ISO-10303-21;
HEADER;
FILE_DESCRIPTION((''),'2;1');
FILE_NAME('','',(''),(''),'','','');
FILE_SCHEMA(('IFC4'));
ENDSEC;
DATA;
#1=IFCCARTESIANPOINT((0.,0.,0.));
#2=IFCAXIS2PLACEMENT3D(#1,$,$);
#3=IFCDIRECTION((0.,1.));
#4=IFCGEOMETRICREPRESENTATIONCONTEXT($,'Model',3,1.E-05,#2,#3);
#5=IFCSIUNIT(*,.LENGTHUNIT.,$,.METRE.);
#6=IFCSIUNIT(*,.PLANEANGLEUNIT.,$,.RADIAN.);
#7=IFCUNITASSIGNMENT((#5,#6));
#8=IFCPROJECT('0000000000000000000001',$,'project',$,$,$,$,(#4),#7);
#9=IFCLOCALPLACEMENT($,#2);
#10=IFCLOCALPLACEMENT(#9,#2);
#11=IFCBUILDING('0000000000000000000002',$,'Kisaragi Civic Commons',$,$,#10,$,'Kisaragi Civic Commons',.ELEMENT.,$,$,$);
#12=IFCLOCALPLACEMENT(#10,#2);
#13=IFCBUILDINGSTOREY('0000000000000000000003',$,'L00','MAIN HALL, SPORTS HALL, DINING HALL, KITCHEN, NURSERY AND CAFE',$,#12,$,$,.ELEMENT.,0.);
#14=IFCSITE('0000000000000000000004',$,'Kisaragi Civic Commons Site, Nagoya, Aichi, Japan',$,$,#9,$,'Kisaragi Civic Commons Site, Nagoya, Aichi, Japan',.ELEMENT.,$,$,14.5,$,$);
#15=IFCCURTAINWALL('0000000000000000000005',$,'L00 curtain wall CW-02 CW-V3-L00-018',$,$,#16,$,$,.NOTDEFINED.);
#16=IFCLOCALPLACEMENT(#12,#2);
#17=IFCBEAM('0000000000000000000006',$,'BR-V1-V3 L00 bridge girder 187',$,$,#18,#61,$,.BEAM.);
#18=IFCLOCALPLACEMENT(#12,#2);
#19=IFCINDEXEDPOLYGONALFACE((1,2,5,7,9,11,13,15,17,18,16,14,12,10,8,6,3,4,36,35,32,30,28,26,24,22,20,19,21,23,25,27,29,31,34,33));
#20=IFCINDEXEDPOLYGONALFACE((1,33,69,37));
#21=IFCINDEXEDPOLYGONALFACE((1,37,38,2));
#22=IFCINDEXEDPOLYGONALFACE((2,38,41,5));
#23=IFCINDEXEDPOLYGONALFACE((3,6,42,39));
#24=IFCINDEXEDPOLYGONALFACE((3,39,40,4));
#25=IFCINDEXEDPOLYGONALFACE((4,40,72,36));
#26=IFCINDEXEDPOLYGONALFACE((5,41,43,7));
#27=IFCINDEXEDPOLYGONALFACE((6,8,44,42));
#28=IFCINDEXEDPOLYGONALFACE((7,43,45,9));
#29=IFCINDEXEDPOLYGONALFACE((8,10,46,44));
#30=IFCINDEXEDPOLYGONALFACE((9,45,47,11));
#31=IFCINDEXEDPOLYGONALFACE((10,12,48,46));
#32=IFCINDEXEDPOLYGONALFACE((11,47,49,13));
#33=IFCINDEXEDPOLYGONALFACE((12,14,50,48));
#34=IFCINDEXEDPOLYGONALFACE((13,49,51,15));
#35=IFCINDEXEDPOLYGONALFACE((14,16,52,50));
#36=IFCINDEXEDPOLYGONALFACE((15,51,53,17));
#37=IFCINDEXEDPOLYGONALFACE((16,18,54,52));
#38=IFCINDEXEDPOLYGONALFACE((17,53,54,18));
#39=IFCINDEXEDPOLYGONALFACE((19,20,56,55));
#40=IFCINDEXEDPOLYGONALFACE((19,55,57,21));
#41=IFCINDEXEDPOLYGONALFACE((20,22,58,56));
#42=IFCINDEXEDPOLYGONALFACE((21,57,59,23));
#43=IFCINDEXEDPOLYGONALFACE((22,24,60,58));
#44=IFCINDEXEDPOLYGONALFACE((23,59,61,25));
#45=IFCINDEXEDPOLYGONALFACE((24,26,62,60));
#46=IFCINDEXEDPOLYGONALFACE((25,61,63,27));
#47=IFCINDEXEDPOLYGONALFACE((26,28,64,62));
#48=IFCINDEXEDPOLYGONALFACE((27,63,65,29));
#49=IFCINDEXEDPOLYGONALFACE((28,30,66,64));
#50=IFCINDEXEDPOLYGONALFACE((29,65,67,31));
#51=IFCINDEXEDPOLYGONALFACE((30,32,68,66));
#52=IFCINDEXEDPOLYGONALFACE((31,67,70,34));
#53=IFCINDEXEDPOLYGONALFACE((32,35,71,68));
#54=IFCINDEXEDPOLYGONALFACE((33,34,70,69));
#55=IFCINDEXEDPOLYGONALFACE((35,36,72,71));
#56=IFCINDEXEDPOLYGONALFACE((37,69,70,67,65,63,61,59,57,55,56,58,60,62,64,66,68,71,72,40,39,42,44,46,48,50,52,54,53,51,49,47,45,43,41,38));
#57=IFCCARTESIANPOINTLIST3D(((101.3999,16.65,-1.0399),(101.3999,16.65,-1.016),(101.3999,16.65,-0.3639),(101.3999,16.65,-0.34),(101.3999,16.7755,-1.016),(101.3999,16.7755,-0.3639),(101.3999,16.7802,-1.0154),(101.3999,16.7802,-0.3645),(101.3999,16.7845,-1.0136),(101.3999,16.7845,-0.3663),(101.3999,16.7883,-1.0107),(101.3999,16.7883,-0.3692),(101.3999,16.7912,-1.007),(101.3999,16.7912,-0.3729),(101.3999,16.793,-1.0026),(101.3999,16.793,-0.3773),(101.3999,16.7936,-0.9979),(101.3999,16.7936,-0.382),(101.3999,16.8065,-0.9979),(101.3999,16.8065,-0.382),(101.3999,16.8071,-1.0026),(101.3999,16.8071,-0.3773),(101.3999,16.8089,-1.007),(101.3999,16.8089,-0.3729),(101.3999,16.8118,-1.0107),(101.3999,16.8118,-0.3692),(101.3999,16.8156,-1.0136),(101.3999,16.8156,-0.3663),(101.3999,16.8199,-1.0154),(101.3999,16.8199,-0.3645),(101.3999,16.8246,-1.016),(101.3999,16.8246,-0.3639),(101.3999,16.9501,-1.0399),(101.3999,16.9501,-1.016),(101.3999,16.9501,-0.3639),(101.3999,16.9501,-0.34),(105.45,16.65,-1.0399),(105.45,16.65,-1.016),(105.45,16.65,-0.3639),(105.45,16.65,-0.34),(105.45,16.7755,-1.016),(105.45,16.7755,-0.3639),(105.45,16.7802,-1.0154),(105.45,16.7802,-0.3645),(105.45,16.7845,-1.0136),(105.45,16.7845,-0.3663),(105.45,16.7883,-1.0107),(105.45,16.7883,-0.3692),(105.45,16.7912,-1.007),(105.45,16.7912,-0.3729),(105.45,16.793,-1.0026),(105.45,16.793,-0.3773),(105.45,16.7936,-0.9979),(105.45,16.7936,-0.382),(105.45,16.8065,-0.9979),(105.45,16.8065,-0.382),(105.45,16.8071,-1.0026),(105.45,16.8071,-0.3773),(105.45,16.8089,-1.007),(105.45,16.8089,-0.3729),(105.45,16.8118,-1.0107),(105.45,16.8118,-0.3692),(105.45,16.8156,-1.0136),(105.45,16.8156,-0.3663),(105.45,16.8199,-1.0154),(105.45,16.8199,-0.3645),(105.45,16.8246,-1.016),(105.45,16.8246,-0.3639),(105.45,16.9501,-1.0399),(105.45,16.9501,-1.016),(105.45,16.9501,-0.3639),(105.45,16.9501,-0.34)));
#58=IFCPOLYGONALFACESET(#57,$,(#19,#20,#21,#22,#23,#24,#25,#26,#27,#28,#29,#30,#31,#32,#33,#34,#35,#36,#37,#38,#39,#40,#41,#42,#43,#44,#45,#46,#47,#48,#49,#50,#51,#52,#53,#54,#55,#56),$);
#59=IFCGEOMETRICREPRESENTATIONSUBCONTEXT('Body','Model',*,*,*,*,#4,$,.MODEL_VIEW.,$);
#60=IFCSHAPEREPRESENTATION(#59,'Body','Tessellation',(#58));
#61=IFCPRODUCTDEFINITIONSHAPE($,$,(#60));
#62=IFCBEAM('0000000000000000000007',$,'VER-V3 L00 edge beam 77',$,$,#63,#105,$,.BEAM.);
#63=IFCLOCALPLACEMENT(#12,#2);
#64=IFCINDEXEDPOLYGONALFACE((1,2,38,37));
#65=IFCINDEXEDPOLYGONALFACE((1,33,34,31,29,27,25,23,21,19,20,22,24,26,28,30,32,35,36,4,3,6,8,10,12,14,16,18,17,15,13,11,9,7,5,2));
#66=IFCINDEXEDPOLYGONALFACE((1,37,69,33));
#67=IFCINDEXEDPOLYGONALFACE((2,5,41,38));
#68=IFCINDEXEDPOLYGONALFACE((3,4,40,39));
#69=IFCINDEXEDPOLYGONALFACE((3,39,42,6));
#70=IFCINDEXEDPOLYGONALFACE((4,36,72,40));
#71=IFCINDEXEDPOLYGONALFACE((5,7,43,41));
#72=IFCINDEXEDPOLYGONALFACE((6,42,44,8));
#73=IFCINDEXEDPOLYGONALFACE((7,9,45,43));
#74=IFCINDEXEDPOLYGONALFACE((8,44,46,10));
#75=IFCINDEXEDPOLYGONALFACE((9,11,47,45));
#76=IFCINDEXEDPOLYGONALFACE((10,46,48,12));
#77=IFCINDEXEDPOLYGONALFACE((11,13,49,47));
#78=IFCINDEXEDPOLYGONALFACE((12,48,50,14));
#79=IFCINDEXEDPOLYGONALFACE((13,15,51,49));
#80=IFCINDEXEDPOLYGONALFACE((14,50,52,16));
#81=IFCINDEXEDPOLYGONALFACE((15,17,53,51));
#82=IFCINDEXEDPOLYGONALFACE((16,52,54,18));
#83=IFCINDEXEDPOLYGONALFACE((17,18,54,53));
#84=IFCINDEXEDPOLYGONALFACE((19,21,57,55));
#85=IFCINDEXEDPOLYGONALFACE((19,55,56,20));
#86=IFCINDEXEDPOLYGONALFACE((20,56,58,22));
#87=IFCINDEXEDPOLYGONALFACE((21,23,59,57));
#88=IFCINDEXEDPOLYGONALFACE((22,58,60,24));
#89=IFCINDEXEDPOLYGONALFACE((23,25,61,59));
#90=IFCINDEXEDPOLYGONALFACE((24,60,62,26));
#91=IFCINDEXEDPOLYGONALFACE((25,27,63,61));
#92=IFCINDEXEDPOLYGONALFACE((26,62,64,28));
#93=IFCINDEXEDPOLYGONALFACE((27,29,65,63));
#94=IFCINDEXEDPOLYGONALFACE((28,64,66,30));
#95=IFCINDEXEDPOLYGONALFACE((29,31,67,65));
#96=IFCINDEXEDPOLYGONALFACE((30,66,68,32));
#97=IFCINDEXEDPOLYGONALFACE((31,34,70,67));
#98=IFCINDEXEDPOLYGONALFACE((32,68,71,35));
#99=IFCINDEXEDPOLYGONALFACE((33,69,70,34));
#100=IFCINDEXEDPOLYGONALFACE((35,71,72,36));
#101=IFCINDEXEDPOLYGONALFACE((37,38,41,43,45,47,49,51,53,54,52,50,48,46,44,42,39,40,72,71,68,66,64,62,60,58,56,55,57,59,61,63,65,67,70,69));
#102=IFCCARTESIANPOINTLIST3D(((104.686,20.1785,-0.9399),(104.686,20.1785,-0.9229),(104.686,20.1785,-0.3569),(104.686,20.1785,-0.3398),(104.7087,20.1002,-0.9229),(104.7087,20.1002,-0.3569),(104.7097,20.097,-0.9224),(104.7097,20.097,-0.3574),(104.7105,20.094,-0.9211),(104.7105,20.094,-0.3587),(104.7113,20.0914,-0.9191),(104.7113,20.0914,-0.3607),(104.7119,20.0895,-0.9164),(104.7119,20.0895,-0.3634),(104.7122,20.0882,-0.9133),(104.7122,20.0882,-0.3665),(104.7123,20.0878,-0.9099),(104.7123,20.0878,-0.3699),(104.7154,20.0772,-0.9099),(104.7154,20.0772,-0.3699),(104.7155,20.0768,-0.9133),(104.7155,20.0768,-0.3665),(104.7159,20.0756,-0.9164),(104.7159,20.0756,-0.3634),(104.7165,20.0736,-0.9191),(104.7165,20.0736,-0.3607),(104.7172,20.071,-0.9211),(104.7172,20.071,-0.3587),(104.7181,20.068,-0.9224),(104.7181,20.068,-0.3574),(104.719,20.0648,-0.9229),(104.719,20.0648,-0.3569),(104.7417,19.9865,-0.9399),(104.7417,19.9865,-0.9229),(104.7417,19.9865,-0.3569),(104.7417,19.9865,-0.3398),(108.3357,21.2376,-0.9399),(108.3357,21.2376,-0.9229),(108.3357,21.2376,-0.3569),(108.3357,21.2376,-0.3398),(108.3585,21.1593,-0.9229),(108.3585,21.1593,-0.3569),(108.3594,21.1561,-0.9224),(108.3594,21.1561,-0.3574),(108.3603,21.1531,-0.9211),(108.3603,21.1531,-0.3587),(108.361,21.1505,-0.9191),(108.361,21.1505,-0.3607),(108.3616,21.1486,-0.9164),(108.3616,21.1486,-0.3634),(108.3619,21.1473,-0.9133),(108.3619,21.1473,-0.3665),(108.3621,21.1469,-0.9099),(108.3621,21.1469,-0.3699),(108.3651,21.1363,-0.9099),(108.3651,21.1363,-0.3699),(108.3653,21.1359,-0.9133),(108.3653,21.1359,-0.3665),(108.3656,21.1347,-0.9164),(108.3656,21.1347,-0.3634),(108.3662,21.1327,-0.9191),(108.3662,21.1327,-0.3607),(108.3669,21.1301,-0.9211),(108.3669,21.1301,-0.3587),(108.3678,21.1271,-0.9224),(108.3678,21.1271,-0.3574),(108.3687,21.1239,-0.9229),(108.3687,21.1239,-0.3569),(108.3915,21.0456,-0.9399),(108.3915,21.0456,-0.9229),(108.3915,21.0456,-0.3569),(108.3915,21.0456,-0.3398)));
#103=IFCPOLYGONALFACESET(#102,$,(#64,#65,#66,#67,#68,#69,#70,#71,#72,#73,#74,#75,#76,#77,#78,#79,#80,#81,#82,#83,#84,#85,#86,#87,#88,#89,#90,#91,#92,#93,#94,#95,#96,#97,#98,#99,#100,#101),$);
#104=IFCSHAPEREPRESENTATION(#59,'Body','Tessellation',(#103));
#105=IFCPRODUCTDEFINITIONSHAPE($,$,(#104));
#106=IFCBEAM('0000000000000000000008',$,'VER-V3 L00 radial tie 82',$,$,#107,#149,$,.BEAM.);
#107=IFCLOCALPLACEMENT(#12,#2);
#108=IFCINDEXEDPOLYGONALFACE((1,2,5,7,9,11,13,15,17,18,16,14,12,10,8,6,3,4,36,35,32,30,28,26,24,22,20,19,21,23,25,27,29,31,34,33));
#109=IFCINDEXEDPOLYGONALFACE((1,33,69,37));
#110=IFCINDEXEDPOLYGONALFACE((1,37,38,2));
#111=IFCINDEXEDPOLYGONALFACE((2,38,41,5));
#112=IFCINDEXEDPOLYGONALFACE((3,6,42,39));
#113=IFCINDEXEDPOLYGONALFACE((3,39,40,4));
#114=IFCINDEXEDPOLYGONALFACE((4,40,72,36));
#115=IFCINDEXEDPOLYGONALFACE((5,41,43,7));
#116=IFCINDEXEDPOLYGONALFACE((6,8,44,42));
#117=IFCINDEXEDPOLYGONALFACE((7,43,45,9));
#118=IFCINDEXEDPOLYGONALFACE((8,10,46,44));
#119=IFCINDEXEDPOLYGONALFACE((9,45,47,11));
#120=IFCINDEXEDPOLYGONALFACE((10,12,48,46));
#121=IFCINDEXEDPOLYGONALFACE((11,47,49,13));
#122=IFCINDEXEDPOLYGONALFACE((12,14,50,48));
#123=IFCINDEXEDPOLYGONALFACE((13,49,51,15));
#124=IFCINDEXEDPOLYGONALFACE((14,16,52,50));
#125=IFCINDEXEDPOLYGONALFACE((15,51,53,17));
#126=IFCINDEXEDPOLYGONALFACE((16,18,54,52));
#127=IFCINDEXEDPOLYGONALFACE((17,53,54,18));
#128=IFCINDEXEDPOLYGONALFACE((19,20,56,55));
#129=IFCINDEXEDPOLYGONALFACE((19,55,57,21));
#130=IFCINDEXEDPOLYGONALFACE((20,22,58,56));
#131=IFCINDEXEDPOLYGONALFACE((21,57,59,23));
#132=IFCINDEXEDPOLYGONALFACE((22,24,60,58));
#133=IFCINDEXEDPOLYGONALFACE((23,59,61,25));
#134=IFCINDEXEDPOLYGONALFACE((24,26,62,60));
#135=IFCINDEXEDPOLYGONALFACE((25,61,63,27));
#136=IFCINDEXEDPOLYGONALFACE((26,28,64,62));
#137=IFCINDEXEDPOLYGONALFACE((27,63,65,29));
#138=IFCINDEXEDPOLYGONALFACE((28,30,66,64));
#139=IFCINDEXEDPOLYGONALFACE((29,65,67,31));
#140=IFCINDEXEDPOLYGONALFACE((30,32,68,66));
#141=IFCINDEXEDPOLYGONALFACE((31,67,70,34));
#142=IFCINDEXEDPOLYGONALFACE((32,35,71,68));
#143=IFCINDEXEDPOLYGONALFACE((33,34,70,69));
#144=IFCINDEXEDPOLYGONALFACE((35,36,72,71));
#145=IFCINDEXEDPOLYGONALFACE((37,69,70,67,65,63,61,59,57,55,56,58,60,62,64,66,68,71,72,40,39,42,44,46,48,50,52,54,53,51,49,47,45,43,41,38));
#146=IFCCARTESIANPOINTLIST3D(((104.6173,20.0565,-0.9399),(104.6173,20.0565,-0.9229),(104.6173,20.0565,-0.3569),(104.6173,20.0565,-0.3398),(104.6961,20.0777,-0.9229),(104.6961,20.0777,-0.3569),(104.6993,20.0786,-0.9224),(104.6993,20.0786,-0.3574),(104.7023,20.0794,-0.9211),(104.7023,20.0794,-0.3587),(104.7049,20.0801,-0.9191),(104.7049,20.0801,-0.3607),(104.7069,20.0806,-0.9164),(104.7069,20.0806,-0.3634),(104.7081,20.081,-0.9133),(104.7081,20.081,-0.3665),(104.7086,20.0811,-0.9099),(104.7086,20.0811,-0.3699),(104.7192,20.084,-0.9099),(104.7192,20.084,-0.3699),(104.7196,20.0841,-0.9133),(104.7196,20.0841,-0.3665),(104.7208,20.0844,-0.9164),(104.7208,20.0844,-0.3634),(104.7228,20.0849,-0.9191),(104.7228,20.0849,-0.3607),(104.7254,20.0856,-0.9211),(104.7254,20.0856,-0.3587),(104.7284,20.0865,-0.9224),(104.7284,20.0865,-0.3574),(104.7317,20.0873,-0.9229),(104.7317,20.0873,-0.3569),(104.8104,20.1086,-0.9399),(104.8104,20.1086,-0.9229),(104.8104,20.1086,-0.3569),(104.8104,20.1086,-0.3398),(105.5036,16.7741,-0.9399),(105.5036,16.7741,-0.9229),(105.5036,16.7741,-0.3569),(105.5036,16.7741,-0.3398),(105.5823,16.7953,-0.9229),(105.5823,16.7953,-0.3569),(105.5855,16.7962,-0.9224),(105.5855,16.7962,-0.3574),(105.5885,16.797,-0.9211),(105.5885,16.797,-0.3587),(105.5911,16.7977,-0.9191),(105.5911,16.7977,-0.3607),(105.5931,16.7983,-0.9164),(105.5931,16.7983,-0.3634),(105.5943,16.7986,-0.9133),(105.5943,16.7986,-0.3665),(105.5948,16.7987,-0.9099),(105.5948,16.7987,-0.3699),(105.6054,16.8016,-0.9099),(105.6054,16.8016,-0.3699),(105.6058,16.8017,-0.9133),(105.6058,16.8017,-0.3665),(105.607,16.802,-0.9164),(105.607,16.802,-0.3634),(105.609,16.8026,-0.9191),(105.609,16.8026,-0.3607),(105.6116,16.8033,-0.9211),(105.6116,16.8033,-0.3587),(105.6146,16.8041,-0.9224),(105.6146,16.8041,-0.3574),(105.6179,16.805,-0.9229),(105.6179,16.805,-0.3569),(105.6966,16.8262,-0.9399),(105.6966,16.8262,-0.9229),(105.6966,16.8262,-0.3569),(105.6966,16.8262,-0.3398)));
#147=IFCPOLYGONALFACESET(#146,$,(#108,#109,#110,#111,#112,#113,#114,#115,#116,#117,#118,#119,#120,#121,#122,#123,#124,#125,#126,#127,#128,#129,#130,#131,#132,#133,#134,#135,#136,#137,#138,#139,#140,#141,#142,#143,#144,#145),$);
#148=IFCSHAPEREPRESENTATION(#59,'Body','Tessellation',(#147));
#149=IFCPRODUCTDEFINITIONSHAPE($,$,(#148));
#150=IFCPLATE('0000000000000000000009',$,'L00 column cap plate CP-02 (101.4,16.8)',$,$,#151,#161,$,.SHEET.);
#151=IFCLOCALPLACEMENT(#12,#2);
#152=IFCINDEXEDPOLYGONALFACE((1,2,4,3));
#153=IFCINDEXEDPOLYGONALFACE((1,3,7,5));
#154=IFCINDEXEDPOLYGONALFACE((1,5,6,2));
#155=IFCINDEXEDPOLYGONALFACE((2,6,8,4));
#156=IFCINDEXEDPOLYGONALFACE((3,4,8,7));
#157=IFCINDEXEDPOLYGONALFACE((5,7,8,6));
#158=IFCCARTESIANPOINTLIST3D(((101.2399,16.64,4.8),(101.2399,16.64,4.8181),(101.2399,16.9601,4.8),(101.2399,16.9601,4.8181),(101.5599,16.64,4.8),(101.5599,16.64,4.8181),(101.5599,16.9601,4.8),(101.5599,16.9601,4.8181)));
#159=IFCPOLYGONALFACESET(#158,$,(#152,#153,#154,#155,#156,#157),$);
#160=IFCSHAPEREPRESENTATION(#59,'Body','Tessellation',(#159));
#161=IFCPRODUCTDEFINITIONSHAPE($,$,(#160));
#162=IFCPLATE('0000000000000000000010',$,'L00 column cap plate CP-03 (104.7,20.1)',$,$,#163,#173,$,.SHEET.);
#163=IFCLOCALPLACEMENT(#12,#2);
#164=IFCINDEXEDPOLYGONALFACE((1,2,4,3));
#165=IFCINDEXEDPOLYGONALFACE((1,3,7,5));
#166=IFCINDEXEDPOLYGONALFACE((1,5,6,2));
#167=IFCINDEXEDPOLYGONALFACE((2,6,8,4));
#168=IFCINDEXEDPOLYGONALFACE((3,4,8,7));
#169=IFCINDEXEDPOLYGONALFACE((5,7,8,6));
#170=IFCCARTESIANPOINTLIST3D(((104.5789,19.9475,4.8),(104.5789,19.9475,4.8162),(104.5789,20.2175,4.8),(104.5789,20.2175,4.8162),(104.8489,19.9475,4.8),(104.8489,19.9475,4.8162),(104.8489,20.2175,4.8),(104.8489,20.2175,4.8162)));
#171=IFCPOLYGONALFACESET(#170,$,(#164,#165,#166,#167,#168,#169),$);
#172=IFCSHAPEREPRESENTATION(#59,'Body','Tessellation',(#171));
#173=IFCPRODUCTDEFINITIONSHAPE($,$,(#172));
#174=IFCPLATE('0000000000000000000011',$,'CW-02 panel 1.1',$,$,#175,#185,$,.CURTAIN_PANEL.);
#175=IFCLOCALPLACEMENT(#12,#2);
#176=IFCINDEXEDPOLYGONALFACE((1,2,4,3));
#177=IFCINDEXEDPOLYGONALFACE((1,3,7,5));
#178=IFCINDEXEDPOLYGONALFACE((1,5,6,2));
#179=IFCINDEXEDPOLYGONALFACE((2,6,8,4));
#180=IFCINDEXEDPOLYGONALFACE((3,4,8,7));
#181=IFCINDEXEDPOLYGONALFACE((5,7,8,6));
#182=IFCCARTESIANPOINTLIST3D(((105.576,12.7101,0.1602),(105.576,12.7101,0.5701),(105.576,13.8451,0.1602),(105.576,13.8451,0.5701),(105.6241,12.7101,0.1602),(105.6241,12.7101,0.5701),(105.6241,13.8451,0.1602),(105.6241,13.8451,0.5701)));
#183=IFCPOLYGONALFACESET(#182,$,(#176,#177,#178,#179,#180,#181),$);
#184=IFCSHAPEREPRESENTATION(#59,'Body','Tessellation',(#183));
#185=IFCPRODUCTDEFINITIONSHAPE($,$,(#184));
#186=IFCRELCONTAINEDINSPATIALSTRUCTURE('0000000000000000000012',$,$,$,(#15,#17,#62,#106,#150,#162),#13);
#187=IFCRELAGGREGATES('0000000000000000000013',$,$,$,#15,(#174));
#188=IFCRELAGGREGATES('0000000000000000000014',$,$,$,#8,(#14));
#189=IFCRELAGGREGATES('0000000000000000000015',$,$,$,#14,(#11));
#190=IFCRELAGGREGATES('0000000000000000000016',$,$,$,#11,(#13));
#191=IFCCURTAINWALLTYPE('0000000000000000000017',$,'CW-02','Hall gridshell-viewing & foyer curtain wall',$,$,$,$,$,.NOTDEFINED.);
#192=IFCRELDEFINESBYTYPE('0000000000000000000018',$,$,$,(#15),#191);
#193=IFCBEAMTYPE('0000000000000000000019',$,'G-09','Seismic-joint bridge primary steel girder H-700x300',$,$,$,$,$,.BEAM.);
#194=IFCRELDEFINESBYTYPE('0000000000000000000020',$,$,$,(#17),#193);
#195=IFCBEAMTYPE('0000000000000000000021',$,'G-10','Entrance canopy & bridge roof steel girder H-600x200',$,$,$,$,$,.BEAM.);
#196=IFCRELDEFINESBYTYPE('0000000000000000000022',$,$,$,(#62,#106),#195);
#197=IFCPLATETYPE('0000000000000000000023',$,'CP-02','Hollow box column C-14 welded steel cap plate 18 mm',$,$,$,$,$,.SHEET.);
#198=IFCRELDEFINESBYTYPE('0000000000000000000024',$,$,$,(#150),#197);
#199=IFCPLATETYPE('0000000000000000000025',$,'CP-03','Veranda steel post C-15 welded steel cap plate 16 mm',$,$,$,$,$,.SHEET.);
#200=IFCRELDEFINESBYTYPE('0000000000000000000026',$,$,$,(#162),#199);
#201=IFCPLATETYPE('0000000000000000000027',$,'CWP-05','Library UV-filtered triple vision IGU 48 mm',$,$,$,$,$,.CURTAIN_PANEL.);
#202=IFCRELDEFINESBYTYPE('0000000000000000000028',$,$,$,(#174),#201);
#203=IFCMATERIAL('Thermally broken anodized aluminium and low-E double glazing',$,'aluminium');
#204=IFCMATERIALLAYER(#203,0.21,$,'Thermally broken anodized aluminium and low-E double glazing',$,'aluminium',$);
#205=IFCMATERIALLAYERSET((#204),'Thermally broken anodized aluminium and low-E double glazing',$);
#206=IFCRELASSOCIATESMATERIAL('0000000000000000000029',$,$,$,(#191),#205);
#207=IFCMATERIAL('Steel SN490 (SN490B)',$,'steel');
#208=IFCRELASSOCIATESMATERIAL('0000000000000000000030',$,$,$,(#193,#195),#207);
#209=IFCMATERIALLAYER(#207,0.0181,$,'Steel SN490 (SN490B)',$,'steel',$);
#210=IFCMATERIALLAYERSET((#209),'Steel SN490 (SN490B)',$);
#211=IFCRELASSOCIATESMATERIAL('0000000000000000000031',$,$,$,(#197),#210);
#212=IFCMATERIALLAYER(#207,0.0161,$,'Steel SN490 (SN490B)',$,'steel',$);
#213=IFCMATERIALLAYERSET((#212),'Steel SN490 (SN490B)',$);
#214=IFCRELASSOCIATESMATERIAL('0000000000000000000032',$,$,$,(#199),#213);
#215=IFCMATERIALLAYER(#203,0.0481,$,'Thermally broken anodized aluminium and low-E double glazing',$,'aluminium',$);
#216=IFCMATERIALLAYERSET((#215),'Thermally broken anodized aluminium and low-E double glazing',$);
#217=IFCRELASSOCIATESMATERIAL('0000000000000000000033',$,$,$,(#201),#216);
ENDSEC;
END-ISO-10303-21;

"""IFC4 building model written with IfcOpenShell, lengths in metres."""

from ifc_helpers import new_model, si_unit, direction, frame, origin, origin_2d, place, context, subcontext, project, spatial, rectangle, i_section, extrude, material, layer, layer_set, material_profile, profile_set, type_object, element, aggregate, save


model = new_model("IFC4")

# Units and contexts
model_context = context("Model", 3, precision=1e-05, world=origin(), true_north=direction((0.0, 1.0)))
body_context = subcontext(model_context, "Body", "Model", "MODEL_VIEW")
ifc_project = project(units=[si_unit("LENGTHUNIT", "METRE"), si_unit("PLANEANGLEUNIT", "RADIAN")], contexts=[model_context])

# Site, building, storey
site_placement = place(None, origin())
site = spatial("IfcSite", under=ifc_project, at=site_placement, Name="Kisaragi Civic Commons Site, Nagoya, Aichi, Japan", LongName="Kisaragi Civic Commons Site, Nagoya, Aichi, Japan", CompositionType="ELEMENT", RefElevation=14.5)
building_placement = place(site_placement, origin())
building = spatial("IfcBuilding", under=site, at=building_placement, Name="Kisaragi Civic Commons", LongName="Kisaragi Civic Commons", CompositionType="ELEMENT")
storey_placement = place(building_placement, origin())
storey = spatial("IfcBuildingStorey", under=building, at=storey_placement, Name="L00", Description="MAIN HALL, SPORTS HALL, DINING HALL, KITCHEN, NURSERY AND CAFE", CompositionType="ELEMENT", Elevation=0.0)

# Curtain wall
ifc_material_1 = material(Name="Thermally broken anodized aluminium and low-E double glazing", Category="aluminium")
ifc_layer_1 = layer(ifc_material_1, 0.21, Name="Thermally broken anodized aluminium and low-E double glazing", Category="aluminium")
ifc_layer_set_1 = layer_set([ifc_layer_1], Name="Thermally broken anodized aluminium and low-E double glazing")
curtain_wall_type = type_object("IfcCurtainWallType", Name="CW-02", Description="Hall gridshell-viewing & foyer curtain wall", PredefinedType="NOTDEFINED", material=ifc_layer_set_1)
curtain_wall_placement = place(storey_placement, origin())
curtain_wall = element("IfcCurtainWall", 1, at=curtain_wall_placement, inside=storey, type_object=curtain_wall_type, Name="L00 curtain wall CW-02 CW-V3-L00-018", PredefinedType="NOTDEFINED")

# Beams
ifc_material_2 = material(Name="Steel SN490 (SN490B)", Category="steel")
ifc_material_profile_1 = material_profile(ifc_material_2, i_section(OverallWidth=0.3, OverallDepth=0.7, WebThickness=0.0129, FlangeThickness=0.0239, FilletRadius=0.0181, at=origin_2d()), Name="H-700x300x13x24", Category="steel")
ifc_profile_set_1 = profile_set([ifc_material_profile_1], Name="Steel SN490 (SN490B)")
beam_type_1 = type_object("IfcBeamType", Name="G-09", Description="Seismic-joint bridge primary steel girder H-700x300", PredefinedType="BEAM", material=ifc_profile_set_1)
beam_1_placement = place(storey_placement, frame((101.3999, 16.8, -0.6899), z_axis=(1.0, 0.0, 0.0), x_axis=(0.0, 1.0, 0.0)))
element("IfcBeam", 2, at=beam_1_placement, inside=storey, type_object=beam_type_1, Name="BR-V1-V3 L00 bridge girder 187", PredefinedType="BEAM", context=body_context, shape_type="SweptSolid", body=[
    extrude(i_section(OverallWidth=0.3, OverallDepth=0.7, WebThickness=0.0129, FlangeThickness=0.0239, FilletRadius=0.0181, at=origin_2d()), origin(), (0.0, 0.0, 1.0), 4.05),
])
ifc_material_profile_2 = material_profile(ifc_material_2, i_section(OverallWidth=0.2, OverallDepth=0.6001, WebThickness=0.011, FlangeThickness=0.0171, FilletRadius=0.0129, at=origin_2d()), Name="H-600x200x11x17", Category="steel")
ifc_profile_set_2 = profile_set([ifc_material_profile_2], Name="Steel SN490 (SN490B)")
beam_type_2 = type_object("IfcBeamType", Name="G-10", Description="Entrance canopy & bridge roof steel girder H-600x200", PredefinedType="BEAM", material=ifc_profile_set_2)
beam_2_placement = place(storey_placement, frame((104.7139, 20.0825, -0.6399), z_axis=(0.960381, 0.27869, 0.0), x_axis=(-0.27869, 0.960381, 0.0)))
element("IfcBeam", 3, at=beam_2_placement, inside=storey, type_object=beam_type_2, Name="VER-V3 L00 edge beam 77", PredefinedType="BEAM", context=body_context, shape_type="SweptSolid", body=[
    extrude(i_section(OverallWidth=0.2, OverallDepth=0.6001, WebThickness=0.011, FlangeThickness=0.0171, FilletRadius=0.0129, at=origin_2d()), origin(), (0.0, 0.0, 1.0), 3.8003),
])
beam_3_placement = place(storey_placement, frame((104.7139, 20.0825, -0.6399), z_axis=(0.260656, -0.965432, 0.0), x_axis=(0.965432, 0.260656, 0.0)))
element("IfcBeam", 4, at=beam_3_placement, inside=storey, type_object=beam_type_2, Name="VER-V3 L00 radial tie 82", PredefinedType="BEAM", context=body_context, shape_type="SweptSolid", body=[
    extrude(i_section(OverallWidth=0.2, OverallDepth=0.6001, WebThickness=0.011, FlangeThickness=0.0171, FilletRadius=0.0129, at=origin_2d()), origin(), (0.0, 0.0, 1.0), 3.3999),
])

# Plates
ifc_layer_2 = layer(ifc_material_2, 0.0181, Name="Steel SN490 (SN490B)", Category="steel")
ifc_layer_set_2 = layer_set([ifc_layer_2], Name="Steel SN490 (SN490B)")
plate_type_1 = type_object("IfcPlateType", Name="CP-02", Description="Hollow box column C-14 welded steel cap plate 18 mm", PredefinedType="SHEET", material=ifc_layer_set_2)
plate_1_placement = place(storey_placement, frame((101.3999, 16.8, 4.8), z_axis=(0.0, 0.0, 1.0), x_axis=(1.0, 0.0, 0.0)))
element("IfcPlate", 5, at=plate_1_placement, inside=storey, type_object=plate_type_1, Name="L00 column cap plate CP-02 (101.4,16.8)", PredefinedType="SHEET", context=body_context, shape_type="SweptSolid", body=[
    extrude(rectangle(XDim=0.3201, YDim=0.3201, at=origin_2d()), origin(), (0.0, 0.0, 1.0), 0.0181),
])
ifc_layer_3 = layer(ifc_material_2, 0.0161, Name="Steel SN490 (SN490B)", Category="steel")
ifc_layer_set_3 = layer_set([ifc_layer_3], Name="Steel SN490 (SN490B)")
plate_type_2 = type_object("IfcPlateType", Name="CP-03", Description="Veranda steel post C-15 welded steel cap plate 16 mm", PredefinedType="SHEET", material=ifc_layer_set_3)
plate_2_placement = place(storey_placement, frame((104.7139, 20.0825, 4.8), z_axis=(0.0, 0.0, 1.0), x_axis=(1.0, 0.0, 0.0)))
element("IfcPlate", 6, at=plate_2_placement, inside=storey, type_object=plate_type_2, Name="L00 column cap plate CP-03 (104.7,20.1)", PredefinedType="SHEET", context=body_context, shape_type="SweptSolid", body=[
    extrude(rectangle(XDim=0.27, YDim=0.27, at=origin_2d()), origin(), (0.0, 0.0, 1.0), 0.0161),
])

# Plate
ifc_layer_4 = layer(ifc_material_1, 0.0481, Name="Thermally broken anodized aluminium and low-E double glazing", Category="aluminium")
ifc_layer_set_4 = layer_set([ifc_layer_4], Name="Thermally broken anodized aluminium and low-E double glazing")
plate_type_3 = type_object("IfcPlateType", Name="CWP-05", Description="Library UV-filtered triple vision IGU 48 mm", PredefinedType="CURTAIN_PANEL", material=ifc_layer_set_4)
plate_3_placement = place(storey_placement, frame((105.6001, 13.2776, 0.1602), z_axis=(0.0, 0.0, 1.0), x_axis=(0.0, 1.0, 0.0)))
plate_3 = element("IfcPlate", 7, at=plate_3_placement, type_object=plate_type_3, Name="CW-02 panel 1.1", PredefinedType="CURTAIN_PANEL", context=body_context, shape_type="SweptSolid", body=[
    extrude(rectangle(XDim=1.135, YDim=0.0481, at=origin_2d()), origin(), (0.0, 0.0, 1.0), 0.4099),
])
aggregate(curtain_wall, [plate_3])

save(model, "model.ifc")
